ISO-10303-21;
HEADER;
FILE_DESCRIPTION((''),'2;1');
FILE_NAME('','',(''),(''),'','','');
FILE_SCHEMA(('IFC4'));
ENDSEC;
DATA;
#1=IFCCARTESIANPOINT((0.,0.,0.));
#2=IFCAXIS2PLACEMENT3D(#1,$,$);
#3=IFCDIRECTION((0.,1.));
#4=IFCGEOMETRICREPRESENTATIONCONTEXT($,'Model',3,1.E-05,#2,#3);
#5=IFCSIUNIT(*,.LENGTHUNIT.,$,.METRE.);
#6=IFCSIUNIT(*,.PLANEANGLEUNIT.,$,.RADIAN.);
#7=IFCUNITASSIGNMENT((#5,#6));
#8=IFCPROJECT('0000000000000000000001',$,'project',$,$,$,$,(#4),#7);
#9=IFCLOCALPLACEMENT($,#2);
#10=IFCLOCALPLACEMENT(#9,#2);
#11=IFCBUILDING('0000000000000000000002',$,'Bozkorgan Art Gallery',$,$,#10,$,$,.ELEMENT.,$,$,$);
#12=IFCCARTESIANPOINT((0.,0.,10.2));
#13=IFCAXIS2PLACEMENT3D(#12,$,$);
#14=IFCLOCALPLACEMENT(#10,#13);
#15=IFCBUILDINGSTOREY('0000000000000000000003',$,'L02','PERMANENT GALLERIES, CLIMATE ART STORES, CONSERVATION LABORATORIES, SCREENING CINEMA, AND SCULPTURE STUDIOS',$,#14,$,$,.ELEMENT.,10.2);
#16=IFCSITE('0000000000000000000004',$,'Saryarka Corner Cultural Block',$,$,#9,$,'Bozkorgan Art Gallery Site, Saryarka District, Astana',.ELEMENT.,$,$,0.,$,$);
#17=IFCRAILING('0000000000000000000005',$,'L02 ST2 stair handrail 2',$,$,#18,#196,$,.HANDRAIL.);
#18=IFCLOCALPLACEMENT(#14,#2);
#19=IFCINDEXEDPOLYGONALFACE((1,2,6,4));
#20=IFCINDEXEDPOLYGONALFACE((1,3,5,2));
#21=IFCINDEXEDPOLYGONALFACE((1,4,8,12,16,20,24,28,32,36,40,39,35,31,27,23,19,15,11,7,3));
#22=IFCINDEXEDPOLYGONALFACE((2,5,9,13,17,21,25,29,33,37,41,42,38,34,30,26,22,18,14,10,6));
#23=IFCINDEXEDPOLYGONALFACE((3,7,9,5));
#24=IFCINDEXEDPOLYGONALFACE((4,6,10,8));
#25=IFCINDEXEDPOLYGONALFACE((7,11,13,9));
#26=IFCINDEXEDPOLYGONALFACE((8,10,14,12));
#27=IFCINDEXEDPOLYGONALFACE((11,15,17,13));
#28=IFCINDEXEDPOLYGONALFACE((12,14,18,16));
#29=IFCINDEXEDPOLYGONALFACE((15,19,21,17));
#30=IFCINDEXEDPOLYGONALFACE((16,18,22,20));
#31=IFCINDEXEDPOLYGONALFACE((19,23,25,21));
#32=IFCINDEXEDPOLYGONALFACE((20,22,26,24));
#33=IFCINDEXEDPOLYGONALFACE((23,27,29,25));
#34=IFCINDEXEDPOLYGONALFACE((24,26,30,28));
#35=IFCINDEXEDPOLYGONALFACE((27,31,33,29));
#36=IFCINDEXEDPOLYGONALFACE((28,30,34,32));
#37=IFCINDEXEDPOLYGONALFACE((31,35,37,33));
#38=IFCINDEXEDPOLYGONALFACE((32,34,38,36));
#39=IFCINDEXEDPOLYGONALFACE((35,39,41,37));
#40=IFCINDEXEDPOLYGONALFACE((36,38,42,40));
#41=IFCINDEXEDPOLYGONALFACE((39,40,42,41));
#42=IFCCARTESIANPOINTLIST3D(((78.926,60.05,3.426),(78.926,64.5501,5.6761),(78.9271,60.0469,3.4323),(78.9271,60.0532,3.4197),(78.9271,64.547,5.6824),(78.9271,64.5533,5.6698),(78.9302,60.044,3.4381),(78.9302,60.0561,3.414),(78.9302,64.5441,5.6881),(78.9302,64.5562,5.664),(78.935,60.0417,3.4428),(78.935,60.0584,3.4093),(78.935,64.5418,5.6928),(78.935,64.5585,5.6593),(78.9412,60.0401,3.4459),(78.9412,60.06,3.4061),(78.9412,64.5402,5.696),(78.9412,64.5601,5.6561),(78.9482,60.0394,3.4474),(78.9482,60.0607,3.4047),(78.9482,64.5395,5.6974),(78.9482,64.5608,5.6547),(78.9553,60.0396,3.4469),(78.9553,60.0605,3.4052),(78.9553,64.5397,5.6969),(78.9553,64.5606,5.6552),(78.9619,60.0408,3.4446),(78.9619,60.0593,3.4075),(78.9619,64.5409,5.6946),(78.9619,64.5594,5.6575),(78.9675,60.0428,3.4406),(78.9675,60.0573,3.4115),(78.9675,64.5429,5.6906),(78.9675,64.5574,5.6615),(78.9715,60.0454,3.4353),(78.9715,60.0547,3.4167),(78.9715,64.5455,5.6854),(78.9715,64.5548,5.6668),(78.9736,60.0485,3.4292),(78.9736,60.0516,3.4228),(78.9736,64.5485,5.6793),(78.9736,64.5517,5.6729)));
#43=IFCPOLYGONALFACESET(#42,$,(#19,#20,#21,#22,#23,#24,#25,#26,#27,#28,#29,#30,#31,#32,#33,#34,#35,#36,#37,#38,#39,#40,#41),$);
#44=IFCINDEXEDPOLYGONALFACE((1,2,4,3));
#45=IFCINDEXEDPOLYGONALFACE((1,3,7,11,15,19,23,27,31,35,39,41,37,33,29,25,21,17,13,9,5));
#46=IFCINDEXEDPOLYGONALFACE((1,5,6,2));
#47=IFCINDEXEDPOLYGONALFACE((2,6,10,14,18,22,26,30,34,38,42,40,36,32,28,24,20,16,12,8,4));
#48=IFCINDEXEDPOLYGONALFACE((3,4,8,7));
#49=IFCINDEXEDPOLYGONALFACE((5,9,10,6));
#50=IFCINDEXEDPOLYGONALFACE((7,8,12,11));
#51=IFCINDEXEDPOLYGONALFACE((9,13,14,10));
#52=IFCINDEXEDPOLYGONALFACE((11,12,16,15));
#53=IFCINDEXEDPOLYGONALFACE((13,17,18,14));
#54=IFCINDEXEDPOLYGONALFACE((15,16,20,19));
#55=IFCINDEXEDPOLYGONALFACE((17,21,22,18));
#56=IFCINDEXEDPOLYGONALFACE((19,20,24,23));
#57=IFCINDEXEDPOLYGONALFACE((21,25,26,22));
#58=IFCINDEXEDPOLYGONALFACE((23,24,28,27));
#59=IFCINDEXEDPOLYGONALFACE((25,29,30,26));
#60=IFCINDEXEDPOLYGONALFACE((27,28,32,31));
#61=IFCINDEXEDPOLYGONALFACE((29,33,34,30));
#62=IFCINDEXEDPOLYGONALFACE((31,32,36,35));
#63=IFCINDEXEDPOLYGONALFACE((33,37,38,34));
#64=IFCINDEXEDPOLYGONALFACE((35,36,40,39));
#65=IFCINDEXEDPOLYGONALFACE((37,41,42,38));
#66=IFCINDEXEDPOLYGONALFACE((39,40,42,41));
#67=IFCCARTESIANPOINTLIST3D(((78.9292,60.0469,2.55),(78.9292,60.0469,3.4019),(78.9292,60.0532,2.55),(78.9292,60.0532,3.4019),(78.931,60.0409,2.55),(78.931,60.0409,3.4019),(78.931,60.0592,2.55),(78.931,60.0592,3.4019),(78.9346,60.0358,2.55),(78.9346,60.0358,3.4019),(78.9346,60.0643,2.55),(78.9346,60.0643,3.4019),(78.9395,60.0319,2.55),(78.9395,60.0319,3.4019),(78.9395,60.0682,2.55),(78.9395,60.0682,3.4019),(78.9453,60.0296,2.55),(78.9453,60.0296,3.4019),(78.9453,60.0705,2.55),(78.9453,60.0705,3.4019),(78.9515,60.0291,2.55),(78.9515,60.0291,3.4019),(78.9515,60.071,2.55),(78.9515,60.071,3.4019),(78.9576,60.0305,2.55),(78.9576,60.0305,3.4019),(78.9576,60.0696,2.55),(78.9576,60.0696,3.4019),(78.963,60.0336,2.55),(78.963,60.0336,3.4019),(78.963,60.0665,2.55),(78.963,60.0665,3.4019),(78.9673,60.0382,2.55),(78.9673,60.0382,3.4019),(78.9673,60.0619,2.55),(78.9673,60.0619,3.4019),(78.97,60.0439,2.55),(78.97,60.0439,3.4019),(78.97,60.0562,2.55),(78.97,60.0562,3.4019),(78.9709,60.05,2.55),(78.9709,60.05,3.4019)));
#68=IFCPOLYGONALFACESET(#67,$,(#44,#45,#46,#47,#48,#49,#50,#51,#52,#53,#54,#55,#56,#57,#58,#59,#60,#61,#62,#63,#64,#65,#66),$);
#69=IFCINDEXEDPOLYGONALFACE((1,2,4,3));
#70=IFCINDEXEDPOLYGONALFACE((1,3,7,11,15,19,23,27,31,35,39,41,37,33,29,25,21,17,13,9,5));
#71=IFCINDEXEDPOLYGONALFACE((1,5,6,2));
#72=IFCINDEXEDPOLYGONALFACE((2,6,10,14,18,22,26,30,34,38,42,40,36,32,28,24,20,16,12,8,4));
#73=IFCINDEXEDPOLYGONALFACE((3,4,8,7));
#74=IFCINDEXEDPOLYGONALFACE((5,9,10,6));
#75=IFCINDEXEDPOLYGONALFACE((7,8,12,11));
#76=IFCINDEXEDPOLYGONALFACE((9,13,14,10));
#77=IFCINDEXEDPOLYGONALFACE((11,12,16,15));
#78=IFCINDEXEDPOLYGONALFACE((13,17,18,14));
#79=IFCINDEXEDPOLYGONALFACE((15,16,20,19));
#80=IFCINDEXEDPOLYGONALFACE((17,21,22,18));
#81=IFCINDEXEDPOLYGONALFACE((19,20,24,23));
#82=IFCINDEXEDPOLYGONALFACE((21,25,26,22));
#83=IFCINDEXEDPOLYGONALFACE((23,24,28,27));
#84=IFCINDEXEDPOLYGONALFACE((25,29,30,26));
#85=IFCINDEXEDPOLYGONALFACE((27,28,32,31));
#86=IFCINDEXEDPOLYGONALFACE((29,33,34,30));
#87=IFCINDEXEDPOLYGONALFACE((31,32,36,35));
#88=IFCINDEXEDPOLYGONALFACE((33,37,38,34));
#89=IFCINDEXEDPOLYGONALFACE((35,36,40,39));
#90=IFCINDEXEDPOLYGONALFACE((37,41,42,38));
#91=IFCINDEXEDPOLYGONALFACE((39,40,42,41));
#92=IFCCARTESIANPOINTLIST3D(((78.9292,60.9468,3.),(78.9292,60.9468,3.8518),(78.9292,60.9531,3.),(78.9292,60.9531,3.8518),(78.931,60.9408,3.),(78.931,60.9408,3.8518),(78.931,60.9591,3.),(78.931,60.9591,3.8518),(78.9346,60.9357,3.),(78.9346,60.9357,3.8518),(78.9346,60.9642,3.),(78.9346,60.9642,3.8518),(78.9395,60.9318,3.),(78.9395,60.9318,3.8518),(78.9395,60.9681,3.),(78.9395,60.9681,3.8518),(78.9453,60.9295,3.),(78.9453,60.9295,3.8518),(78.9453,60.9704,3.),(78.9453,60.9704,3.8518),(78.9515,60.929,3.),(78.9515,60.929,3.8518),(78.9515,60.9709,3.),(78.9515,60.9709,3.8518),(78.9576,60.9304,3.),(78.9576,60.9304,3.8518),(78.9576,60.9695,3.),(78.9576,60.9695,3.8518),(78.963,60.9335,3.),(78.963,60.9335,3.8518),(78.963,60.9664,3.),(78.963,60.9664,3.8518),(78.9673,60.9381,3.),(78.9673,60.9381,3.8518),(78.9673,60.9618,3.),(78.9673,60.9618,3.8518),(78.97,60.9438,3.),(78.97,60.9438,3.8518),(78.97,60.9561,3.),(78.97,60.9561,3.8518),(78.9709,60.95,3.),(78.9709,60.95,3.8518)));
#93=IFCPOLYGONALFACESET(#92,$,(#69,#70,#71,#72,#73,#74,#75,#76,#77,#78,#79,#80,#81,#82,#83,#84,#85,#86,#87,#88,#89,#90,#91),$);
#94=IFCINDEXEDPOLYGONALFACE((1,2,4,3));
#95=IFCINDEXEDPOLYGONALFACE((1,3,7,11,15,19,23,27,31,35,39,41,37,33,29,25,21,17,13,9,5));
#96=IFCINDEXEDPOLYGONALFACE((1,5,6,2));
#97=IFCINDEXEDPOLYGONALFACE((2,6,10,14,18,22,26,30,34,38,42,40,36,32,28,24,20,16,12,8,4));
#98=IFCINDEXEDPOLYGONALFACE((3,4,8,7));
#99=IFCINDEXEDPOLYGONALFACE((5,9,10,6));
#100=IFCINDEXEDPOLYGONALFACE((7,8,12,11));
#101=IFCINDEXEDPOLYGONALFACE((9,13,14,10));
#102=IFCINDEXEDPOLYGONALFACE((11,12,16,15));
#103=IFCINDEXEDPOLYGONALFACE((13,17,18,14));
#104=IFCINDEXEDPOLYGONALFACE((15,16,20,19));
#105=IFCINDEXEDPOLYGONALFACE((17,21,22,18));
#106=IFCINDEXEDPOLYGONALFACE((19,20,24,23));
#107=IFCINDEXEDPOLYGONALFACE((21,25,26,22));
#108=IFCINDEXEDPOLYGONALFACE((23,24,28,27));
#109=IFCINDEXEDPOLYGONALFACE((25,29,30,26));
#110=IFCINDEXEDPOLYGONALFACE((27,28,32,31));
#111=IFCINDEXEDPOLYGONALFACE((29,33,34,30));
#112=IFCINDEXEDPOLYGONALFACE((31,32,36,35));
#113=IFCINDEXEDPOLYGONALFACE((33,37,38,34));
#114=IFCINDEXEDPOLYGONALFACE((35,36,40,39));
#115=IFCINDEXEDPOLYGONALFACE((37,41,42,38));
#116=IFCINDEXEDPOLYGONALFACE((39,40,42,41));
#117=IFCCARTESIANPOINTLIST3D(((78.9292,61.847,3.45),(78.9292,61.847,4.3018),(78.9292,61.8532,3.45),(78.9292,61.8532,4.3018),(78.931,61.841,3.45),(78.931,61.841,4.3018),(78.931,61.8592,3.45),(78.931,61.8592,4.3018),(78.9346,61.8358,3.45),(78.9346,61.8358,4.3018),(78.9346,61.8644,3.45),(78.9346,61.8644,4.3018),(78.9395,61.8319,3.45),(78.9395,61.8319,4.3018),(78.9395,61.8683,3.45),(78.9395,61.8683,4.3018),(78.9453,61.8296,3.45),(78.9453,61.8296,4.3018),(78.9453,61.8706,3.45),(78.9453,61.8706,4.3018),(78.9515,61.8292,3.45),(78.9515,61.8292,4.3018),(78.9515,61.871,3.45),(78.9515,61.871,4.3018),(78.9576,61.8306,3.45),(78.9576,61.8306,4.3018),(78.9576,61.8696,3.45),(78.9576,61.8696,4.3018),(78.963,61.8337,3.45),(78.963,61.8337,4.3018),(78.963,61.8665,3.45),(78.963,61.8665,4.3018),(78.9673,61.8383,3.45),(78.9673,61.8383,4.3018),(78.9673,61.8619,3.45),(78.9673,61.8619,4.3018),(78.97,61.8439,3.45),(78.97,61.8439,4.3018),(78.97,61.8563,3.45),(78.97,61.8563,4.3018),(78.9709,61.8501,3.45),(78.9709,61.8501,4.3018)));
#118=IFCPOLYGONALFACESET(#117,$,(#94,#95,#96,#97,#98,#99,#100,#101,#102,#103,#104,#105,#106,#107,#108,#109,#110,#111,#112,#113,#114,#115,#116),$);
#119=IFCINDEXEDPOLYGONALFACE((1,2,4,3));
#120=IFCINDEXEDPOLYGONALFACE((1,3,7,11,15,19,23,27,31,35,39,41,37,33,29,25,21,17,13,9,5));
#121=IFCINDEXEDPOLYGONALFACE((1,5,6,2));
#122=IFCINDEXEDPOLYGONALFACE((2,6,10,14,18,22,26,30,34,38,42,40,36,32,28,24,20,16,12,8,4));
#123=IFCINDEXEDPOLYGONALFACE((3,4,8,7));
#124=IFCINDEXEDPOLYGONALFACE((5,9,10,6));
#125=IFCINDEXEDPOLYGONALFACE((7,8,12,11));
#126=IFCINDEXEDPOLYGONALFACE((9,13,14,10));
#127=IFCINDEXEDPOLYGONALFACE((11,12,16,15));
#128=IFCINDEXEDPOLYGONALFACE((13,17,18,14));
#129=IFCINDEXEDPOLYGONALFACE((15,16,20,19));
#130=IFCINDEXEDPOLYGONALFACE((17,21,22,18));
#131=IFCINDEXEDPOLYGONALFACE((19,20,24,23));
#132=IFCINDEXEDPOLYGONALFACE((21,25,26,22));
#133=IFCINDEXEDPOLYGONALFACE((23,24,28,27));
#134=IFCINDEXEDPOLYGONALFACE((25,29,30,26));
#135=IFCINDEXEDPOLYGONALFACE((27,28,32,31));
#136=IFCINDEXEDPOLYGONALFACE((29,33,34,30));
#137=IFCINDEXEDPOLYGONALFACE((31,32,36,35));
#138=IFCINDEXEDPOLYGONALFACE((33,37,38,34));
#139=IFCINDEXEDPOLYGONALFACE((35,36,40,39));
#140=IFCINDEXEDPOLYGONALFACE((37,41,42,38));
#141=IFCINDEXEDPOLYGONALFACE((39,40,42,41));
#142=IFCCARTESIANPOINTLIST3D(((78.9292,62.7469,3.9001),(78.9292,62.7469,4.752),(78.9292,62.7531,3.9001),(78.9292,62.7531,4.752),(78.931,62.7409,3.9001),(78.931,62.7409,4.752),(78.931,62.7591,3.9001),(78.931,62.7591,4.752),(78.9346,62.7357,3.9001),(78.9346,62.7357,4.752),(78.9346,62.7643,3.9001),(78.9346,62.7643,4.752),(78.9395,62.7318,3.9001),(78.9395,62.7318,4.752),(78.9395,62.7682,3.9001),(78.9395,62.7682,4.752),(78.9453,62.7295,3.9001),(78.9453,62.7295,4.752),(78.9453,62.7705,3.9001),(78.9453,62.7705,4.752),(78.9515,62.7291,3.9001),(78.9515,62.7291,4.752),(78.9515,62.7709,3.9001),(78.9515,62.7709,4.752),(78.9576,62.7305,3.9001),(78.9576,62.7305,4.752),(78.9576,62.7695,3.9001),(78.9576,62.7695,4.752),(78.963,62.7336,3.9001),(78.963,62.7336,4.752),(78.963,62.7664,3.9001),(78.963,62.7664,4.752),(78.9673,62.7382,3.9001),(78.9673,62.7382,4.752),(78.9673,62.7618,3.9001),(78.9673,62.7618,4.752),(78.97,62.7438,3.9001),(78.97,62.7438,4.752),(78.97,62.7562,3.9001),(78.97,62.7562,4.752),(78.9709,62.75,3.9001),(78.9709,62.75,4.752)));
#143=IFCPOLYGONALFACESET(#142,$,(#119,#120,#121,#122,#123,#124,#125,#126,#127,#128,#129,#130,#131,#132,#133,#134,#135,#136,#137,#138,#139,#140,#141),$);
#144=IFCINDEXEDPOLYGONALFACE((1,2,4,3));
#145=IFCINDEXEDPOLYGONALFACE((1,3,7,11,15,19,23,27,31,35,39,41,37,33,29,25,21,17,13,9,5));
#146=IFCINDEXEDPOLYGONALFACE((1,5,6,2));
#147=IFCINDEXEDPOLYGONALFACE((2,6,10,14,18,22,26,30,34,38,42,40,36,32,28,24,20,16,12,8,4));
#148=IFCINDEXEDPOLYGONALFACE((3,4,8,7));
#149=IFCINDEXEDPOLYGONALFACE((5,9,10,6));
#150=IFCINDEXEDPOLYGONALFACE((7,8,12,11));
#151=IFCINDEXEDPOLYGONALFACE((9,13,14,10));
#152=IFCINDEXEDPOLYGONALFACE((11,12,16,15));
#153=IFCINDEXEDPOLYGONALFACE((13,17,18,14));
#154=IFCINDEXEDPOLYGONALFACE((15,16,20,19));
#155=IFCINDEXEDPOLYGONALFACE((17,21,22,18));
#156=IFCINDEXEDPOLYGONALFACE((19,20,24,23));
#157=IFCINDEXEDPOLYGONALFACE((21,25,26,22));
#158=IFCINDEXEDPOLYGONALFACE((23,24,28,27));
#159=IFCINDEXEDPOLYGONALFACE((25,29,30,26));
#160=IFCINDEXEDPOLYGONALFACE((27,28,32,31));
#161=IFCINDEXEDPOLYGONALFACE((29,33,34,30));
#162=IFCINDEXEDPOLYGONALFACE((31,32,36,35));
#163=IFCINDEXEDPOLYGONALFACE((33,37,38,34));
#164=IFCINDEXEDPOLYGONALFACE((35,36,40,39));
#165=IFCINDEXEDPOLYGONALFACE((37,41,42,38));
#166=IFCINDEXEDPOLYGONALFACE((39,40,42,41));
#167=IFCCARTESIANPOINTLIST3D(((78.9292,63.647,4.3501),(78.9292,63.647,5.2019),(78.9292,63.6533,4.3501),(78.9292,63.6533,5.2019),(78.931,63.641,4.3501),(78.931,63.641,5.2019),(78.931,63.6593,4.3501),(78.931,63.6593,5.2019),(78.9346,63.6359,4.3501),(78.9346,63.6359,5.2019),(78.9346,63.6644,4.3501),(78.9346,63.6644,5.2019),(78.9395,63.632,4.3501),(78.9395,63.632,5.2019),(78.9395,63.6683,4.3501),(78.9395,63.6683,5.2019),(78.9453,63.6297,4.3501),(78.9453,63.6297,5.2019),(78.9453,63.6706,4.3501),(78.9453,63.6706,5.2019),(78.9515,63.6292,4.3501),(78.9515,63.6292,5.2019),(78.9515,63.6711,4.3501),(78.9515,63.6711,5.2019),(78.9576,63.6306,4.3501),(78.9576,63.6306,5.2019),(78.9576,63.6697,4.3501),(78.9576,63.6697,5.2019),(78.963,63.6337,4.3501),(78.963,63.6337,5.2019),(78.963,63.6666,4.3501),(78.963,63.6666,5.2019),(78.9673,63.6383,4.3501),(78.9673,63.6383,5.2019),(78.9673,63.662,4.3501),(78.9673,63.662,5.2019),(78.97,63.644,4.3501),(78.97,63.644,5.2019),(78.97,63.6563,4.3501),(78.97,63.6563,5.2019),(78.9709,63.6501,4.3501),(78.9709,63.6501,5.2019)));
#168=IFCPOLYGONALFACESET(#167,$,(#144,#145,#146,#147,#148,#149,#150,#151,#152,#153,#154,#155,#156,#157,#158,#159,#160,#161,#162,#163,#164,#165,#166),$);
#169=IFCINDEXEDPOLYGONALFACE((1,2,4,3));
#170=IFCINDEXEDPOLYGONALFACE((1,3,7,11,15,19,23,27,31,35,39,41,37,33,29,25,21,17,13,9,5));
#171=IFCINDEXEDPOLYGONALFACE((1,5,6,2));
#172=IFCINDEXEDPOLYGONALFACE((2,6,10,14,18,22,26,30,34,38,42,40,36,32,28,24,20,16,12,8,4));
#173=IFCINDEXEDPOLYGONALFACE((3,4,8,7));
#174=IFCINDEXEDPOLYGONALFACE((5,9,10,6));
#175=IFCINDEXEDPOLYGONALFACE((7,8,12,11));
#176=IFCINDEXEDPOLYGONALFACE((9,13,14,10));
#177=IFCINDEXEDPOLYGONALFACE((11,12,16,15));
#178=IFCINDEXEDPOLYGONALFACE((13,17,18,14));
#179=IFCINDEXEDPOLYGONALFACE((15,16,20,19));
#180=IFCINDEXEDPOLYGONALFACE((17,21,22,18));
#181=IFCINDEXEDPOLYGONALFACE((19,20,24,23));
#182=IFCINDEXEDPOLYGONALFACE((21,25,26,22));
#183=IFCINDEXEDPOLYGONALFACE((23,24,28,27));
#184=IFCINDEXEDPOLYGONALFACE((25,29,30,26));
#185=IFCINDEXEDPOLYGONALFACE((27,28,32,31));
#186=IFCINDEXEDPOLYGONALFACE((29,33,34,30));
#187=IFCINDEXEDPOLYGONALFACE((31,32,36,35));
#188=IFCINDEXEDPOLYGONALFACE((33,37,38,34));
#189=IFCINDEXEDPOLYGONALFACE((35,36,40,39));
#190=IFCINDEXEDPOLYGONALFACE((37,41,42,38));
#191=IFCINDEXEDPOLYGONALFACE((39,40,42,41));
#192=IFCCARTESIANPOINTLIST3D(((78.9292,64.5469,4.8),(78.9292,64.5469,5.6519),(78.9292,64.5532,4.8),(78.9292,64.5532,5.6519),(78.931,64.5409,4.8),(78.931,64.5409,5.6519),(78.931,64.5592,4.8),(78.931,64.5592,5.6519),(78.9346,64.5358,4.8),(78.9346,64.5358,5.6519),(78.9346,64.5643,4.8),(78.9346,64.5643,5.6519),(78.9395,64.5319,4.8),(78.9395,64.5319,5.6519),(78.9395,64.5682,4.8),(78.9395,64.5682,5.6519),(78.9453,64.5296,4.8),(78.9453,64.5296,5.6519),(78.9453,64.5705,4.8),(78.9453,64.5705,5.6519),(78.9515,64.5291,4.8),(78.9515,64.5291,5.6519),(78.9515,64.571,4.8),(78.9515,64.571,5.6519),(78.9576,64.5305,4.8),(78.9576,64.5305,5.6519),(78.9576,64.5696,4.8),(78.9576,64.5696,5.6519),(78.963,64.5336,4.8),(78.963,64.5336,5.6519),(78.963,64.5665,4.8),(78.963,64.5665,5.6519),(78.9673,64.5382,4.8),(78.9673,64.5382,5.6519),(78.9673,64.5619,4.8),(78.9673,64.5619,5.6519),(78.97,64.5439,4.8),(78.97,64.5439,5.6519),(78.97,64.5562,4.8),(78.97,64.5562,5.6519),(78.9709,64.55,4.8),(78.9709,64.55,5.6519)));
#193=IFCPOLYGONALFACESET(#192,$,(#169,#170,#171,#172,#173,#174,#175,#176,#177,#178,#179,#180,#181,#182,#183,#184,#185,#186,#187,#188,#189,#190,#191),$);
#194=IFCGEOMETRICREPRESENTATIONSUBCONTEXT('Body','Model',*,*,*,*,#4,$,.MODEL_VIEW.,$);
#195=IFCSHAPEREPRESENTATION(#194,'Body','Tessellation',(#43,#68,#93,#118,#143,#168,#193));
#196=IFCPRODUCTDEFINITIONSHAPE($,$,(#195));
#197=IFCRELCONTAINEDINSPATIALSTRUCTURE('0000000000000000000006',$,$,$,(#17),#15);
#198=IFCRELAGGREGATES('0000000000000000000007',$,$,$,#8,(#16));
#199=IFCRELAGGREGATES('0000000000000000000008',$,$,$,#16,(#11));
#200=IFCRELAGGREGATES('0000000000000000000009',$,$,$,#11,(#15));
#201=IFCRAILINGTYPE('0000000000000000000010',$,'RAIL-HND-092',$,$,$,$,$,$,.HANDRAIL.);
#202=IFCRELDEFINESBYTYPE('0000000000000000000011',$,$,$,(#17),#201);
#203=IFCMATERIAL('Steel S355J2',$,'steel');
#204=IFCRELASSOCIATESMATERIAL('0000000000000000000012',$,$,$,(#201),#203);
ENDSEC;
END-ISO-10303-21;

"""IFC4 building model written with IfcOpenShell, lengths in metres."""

from ifc_helpers import new_model, si_unit, direction, frame, origin, origin_2d, place, context, subcontext, project, spatial, circle, extrude, material, type_object, element, save


model = new_model("IFC4")

# Units and contexts
model_context = context("Model", 3, precision=1e-05, world=origin(), true_north=direction((0.0, 1.0)))
body_context = subcontext(model_context, "Body", "Model", "MODEL_VIEW")
ifc_project = project(units=[si_unit("LENGTHUNIT", "METRE"), si_unit("PLANEANGLEUNIT", "RADIAN")], contexts=[model_context])

# Site, building, storey
site_placement = place(None, origin())
site = spatial("IfcSite", under=ifc_project, at=site_placement, Name="Saryarka Corner Cultural Block", LongName="Bozkorgan Art Gallery Site, Saryarka District, Astana", CompositionType="ELEMENT", RefElevation=0.0)
building_placement = place(site_placement, origin())
building = spatial("IfcBuilding", under=site, at=building_placement, Name="Bozkorgan Art Gallery", CompositionType="ELEMENT")
storey_placement = place(building_placement, frame((0.0, 0.0, 10.2)))
storey = spatial("IfcBuildingStorey", under=building, at=storey_placement, Name="L02", Description="PERMANENT GALLERIES, CLIMATE ART STORES, CONSERVATION LABORATORIES, SCREENING CINEMA, AND SCULPTURE STUDIOS", CompositionType="ELEMENT", Elevation=10.2)

# Shared definitions
ifc_material_1 = material(Name="Steel S355J2", Category="steel")

# Railing
railing_type_1 = type_object("IfcRailingType", Name="RAIL-HND-092", PredefinedType="HANDRAIL", material=ifc_material_1)
railing_1_placement = place(storey_placement, frame((78.95, 60.05, 2.55)))
element("IfcRailing", 1, at=railing_1_placement, inside=storey, type_object=railing_type_1, Name="L02 ST2 stair handrail 2", PredefinedType="HANDRAIL", context=body_context, shape_type="SweptSolid", body=[
    extrude(circle(Radius=0.0239, at=origin_2d()), frame((0.0, 0.0, 0.876), z_axis=(0.0, 0.894427, 0.447214), x_axis=(-1.0, 0.0, 0.0)), (0.0, 0.0, 1.0), 5.0312),
    extrude(circle(Radius=0.021, at=origin_2d()), origin(), (0.0, 0.0, 1.0), 0.8518),
    extrude(circle(Radius=0.021, at=origin_2d()), frame((0.0, 0.8999, 0.45)), (0.0, 0.0, 1.0), 0.8518),
    extrude(circle(Radius=0.021, at=origin_2d()), frame((0.0, 1.8, 0.8999)), (0.0, 0.0, 1.0), 0.8518),
    extrude(circle(Radius=0.021, at=origin_2d()), frame((0.0, 2.7, 1.3501)), (0.0, 0.0, 1.0), 0.8518),
    extrude(circle(Radius=0.021, at=origin_2d()), frame((0.0, 3.6001, 1.8)), (0.0, 0.0, 1.0), 0.8518),
    extrude(circle(Radius=0.021, at=origin_2d()), frame((0.0, 4.5, 2.25)), (0.0, 0.0, 1.0), 0.8518),
])

save(model, "model.ifc")
